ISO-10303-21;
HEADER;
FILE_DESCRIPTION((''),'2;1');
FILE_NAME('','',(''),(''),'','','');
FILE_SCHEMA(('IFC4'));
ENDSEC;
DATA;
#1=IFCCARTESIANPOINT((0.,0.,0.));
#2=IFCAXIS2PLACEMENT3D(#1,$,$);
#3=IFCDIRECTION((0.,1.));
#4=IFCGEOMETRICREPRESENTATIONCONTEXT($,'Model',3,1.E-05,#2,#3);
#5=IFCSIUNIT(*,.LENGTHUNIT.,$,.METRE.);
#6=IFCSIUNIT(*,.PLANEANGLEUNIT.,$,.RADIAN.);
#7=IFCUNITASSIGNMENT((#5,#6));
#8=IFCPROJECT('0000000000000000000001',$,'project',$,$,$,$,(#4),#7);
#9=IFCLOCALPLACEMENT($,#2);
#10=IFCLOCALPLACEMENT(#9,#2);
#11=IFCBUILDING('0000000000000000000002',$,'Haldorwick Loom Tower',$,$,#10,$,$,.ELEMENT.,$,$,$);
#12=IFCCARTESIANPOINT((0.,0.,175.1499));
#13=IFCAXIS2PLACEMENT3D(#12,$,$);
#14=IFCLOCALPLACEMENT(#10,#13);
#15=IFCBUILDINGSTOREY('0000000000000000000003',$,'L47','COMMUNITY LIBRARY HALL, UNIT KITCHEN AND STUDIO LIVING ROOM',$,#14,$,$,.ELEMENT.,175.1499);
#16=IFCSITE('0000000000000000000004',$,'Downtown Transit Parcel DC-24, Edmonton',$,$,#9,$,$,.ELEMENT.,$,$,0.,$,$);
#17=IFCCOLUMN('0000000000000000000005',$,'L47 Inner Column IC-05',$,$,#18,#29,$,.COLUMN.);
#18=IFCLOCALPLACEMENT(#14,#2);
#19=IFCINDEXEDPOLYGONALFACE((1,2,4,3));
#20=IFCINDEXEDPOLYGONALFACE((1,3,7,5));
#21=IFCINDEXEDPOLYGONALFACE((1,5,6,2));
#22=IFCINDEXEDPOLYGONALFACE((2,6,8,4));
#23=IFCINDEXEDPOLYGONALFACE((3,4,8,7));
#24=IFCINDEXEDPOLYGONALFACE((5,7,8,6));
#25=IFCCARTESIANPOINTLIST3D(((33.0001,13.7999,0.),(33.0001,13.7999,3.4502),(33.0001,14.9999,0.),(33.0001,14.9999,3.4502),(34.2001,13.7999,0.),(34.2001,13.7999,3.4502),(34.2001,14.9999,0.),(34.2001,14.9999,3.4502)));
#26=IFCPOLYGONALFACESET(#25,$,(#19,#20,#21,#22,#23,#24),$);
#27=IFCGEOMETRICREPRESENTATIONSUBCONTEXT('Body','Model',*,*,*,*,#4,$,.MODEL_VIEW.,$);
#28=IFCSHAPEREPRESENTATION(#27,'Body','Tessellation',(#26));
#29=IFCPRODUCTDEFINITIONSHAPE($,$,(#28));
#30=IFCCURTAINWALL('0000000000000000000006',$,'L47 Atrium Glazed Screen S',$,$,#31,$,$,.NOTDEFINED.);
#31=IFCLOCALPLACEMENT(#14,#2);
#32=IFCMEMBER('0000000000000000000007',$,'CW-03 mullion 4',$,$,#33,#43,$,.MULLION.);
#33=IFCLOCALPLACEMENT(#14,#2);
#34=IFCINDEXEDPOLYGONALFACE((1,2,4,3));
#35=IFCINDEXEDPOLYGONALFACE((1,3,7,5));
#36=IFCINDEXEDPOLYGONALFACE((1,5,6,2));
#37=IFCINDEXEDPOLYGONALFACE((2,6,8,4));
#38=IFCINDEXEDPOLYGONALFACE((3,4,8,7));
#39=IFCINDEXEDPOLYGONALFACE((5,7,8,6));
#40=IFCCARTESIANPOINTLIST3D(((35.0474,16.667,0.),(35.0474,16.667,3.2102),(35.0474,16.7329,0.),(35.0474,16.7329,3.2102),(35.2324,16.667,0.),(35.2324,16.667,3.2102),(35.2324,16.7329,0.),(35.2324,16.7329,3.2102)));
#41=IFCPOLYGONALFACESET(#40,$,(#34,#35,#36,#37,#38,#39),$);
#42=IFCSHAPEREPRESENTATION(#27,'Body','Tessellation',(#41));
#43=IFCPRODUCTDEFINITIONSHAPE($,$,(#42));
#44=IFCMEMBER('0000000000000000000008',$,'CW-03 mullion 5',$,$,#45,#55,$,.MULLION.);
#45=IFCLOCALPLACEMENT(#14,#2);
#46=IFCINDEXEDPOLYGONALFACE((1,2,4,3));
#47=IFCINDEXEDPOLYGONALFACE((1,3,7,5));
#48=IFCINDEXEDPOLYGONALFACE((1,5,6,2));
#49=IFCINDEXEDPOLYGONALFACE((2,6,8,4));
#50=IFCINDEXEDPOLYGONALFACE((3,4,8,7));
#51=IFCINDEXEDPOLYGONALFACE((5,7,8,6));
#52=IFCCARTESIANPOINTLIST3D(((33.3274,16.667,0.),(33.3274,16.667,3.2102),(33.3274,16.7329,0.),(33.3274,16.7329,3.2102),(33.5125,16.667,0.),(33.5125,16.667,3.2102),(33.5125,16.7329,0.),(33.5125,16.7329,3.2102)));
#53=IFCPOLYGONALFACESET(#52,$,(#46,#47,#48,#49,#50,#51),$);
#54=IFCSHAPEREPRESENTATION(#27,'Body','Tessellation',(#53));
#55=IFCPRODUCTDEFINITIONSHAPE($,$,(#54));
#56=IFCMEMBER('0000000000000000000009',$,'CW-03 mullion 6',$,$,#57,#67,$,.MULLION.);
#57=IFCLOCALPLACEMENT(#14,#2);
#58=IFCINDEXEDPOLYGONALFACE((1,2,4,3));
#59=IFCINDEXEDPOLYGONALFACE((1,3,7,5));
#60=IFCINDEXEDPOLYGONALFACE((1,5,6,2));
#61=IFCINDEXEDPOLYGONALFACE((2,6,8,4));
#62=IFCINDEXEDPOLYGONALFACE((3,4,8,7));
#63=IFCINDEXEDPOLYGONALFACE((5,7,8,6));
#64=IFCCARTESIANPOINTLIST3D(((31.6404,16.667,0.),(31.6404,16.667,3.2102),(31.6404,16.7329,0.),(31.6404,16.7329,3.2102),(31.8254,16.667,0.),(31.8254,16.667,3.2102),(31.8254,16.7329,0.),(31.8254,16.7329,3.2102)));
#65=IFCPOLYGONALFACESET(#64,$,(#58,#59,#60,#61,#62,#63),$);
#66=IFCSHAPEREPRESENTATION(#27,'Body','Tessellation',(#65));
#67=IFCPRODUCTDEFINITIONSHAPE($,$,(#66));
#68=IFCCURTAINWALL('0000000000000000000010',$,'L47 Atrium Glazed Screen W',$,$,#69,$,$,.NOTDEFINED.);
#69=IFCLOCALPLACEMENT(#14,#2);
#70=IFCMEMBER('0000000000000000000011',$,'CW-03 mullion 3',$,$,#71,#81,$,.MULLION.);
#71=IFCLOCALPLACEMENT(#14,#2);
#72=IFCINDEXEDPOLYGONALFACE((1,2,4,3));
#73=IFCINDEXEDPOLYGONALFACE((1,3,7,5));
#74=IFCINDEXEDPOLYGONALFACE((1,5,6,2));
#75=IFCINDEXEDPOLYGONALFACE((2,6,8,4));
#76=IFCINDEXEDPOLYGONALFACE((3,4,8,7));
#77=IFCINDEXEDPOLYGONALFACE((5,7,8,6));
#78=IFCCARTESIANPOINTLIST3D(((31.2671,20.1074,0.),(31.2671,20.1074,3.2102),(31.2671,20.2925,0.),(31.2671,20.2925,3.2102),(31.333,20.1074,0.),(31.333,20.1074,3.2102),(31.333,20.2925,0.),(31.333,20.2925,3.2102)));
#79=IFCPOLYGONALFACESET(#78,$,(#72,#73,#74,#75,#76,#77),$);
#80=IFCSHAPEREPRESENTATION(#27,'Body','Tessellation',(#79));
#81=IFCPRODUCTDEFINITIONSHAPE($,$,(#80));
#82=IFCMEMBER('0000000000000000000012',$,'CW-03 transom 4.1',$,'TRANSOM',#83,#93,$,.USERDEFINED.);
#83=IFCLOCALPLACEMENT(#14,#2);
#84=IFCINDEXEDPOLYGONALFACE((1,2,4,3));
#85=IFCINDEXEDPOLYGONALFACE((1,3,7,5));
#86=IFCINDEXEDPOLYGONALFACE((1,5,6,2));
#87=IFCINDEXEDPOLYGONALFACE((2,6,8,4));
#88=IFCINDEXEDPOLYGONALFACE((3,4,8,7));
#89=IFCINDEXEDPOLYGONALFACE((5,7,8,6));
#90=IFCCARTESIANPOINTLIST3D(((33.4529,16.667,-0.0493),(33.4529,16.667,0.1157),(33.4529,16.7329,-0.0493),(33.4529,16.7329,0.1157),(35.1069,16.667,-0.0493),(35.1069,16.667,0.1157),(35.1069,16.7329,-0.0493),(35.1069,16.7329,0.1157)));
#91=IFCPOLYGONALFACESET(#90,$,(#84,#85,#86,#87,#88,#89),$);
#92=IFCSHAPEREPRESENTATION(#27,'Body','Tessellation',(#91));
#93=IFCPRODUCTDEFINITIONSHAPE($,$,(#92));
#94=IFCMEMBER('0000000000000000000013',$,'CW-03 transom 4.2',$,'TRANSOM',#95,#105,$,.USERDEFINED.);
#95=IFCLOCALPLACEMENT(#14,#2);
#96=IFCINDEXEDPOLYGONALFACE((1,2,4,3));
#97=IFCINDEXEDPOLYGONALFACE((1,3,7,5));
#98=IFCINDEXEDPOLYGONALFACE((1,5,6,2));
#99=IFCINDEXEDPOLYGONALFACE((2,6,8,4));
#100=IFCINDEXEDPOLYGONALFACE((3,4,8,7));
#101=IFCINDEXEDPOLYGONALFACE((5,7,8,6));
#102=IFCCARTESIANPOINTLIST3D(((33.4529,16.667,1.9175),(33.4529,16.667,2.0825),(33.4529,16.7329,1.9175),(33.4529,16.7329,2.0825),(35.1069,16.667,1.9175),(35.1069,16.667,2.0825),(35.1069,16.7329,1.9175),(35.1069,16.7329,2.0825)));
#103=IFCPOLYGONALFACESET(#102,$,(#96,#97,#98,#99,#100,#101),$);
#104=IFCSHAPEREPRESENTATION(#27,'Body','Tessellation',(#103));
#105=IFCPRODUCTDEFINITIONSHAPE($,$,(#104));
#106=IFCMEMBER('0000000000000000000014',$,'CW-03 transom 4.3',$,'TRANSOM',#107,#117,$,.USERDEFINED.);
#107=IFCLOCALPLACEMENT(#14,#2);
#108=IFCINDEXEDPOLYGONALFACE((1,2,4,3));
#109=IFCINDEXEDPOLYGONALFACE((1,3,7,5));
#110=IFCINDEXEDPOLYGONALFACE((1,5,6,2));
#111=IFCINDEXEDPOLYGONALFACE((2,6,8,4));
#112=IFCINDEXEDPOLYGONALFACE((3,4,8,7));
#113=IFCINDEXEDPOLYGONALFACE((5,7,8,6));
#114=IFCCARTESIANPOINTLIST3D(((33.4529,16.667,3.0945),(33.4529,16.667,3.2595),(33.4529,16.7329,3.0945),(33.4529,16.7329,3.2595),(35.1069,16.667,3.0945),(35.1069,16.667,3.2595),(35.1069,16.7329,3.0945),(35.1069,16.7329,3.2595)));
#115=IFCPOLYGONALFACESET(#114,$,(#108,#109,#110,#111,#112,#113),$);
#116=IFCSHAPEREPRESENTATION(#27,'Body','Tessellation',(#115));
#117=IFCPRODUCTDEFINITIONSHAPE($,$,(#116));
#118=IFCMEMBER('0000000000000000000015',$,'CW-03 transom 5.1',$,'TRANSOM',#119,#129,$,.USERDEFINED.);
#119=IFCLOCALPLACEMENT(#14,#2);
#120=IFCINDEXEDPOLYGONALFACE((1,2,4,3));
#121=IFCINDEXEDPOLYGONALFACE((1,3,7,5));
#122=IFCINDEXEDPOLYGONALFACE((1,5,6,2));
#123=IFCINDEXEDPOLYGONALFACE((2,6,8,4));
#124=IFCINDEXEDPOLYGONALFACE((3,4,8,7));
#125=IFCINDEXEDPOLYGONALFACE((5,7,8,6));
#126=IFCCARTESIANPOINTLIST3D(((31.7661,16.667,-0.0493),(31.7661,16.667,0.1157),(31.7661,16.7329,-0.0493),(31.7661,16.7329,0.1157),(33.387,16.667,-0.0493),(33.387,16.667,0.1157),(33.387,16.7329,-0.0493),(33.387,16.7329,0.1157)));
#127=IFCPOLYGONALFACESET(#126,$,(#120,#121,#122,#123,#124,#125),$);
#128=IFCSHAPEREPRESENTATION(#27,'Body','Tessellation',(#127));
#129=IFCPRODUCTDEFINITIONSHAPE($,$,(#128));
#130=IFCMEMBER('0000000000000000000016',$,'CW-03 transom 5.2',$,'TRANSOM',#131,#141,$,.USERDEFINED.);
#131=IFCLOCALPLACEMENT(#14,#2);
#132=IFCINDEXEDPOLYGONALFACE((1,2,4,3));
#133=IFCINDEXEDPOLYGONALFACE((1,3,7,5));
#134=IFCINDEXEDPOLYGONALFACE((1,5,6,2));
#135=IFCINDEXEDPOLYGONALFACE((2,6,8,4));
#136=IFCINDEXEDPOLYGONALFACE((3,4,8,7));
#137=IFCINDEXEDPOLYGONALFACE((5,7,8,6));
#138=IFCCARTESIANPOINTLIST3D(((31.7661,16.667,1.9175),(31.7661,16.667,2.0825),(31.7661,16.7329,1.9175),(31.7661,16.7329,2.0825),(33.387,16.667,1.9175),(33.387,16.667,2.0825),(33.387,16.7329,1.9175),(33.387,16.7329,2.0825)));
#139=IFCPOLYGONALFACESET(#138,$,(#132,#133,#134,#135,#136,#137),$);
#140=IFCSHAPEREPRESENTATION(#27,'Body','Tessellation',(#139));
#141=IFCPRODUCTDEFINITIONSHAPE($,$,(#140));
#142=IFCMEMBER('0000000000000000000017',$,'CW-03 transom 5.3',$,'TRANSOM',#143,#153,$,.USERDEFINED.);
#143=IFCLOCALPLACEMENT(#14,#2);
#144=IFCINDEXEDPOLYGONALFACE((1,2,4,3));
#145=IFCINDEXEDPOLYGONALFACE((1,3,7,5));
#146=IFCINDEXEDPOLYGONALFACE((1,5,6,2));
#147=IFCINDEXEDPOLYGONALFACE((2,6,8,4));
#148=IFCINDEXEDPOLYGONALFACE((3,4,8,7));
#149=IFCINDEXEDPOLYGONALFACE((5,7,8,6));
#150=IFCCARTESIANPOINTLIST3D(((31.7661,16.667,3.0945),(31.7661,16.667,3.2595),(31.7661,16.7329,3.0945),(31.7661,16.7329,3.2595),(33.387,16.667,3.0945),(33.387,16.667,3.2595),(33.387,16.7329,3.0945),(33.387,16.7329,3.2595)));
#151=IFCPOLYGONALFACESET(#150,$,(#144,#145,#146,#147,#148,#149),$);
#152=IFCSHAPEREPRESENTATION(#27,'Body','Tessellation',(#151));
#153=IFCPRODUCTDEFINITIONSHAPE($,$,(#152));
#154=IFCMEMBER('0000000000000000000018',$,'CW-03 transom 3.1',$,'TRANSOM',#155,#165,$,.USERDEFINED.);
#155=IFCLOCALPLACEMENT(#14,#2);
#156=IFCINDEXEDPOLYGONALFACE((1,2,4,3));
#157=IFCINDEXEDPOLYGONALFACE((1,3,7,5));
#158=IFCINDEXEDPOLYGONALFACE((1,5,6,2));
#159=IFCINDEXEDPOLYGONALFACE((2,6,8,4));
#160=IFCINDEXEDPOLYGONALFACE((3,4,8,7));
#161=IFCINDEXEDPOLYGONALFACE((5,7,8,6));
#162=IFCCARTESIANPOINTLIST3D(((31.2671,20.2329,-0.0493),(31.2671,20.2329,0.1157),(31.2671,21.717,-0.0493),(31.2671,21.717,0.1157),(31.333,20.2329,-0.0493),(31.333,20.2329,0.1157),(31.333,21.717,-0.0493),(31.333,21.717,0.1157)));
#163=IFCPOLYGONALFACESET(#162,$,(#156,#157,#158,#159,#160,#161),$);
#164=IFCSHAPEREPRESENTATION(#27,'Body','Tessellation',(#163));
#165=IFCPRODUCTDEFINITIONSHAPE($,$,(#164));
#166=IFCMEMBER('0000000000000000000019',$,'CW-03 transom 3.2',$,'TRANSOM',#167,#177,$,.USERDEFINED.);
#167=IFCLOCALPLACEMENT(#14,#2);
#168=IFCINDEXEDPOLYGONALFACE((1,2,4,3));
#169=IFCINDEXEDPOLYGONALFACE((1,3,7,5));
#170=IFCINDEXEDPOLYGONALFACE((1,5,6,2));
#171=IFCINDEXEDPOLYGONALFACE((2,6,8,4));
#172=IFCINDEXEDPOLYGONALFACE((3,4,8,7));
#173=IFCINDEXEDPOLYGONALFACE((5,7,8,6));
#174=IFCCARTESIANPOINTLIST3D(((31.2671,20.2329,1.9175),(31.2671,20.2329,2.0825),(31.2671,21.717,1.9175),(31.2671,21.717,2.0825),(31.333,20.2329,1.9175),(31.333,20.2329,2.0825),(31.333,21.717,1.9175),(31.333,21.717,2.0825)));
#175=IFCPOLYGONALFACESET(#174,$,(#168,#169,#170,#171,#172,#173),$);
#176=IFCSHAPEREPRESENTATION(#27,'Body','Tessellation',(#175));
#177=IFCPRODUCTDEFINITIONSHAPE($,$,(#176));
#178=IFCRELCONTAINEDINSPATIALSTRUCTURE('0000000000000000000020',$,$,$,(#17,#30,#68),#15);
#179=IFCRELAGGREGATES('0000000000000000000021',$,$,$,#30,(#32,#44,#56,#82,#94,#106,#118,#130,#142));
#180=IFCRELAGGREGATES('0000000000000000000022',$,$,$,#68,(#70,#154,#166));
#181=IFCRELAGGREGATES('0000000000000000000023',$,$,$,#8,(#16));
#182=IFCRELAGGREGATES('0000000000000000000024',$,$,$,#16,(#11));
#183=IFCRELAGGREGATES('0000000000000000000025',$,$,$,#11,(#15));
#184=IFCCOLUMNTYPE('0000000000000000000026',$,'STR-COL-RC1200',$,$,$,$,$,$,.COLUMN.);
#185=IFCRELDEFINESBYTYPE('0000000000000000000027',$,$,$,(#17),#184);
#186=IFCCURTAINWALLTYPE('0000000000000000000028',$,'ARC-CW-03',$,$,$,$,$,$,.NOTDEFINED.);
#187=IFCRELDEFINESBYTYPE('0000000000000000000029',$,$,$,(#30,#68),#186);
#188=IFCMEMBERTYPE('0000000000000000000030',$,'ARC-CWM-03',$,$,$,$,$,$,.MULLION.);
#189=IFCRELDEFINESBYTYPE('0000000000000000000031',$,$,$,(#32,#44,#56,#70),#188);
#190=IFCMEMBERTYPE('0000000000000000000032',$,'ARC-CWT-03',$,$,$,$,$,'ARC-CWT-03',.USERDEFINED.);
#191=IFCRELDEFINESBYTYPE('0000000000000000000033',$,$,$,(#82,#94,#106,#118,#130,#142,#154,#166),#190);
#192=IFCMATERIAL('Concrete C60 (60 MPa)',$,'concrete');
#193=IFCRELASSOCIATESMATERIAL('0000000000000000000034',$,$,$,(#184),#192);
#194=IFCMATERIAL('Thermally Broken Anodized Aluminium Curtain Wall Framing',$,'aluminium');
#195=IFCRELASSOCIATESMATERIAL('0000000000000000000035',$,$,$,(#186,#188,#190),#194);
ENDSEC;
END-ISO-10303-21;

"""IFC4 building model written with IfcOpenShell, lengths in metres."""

from ifc_helpers import new_model, si_unit, direction, frame, origin, origin_2d, place, context, subcontext, project, spatial, rectangle, extrude, material, material_profile, profile_set, type_object, element, aggregate, save


model = new_model("IFC4")

# Units and contexts
model_context = context("Model", 3, precision=1e-05, world=origin(), true_north=direction((0.0, 1.0)))
body_context = subcontext(model_context, "Body", "Model", "MODEL_VIEW")
ifc_project = project(units=[si_unit("LENGTHUNIT", "METRE"), si_unit("PLANEANGLEUNIT", "RADIAN")], contexts=[model_context])

# Site, building, storey
site_placement = place(None, origin())
site = spatial("IfcSite", under=ifc_project, at=site_placement, Name="Downtown Transit Parcel DC-24, Edmonton", CompositionType="ELEMENT", RefElevation=0.0)
building_placement = place(site_placement, origin())
building = spatial("IfcBuilding", under=site, at=building_placement, Name="Haldorwick Loom Tower", CompositionType="ELEMENT")
storey_placement = place(building_placement, frame((0.0, 0.0, 175.1499)))
storey = spatial("IfcBuildingStorey", under=building, at=storey_placement, Name="L47", Description="COMMUNITY LIBRARY HALL, UNIT KITCHEN AND STUDIO LIVING ROOM", CompositionType="ELEMENT", Elevation=175.1499)

# Column
ifc_material_1 = material(Name="Concrete C60 (60 MPa)", Category="concrete")
ifc_material_profile_1 = material_profile(ifc_material_1, rectangle(XDim=1.2, YDim=1.2, at=origin_2d()), Name="RC1200X1200", Category="concrete")
ifc_profile_set_1 = profile_set([ifc_material_profile_1], Name="Concrete C60 (60 MPa)")
column_type = type_object("IfcColumnType", Name="STR-COL-RC1200", PredefinedType="COLUMN", material=ifc_profile_set_1)
column_placement = place(storey_placement, frame((33.6001, 14.3999, 0.0), z_axis=(0.0, 0.0, 1.0), x_axis=(1.0, 0.0, 0.0)))
element("IfcColumn", 1, at=column_placement, inside=storey, type_object=column_type, Name="L47 Inner Column IC-05", PredefinedType="COLUMN", context=body_context, shape_type="SweptSolid", body=[
    extrude(rectangle(XDim=1.2, YDim=1.2, at=origin_2d()), origin(), (0.0, 0.0, 1.0), 3.4502),
])

# Curtain wall, members
ifc_material_2 = material(Name="Thermally Broken Anodized Aluminium Curtain Wall Framing", Category="aluminium")
curtain_wall_type = type_object("IfcCurtainWallType", Name="ARC-CW-03", PredefinedType="NOTDEFINED", material=ifc_material_2)
curtain_wall_1_placement = place(storey_placement, origin())
curtain_wall_1 = element("IfcCurtainWall", 2, at=curtain_wall_1_placement, inside=storey, type_object=curtain_wall_type, Name="L47 Atrium Glazed Screen S", PredefinedType="NOTDEFINED")
ifc_material_profile_2 = material_profile(ifc_material_2, rectangle(XDim=0.0659, YDim=0.1851, at=origin_2d()), Name="ALU_MUL_66X185", Category="aluminium")
ifc_profile_set_2 = profile_set([ifc_material_profile_2], Name="Thermally Broken Anodized Aluminium Curtain Wall Framing")
member_type_1 = type_object("IfcMemberType", Name="ARC-CWM-03", PredefinedType="MULLION", material=ifc_profile_set_2)
member_1_placement = place(storey_placement, frame((35.1399, 16.7, 0.0), z_axis=(0.0, 0.0, 1.0), x_axis=(0.0, -1.0, 0.0)))
member_1 = element("IfcMember", 3, at=member_1_placement, type_object=member_type_1, Name="CW-03 mullion 4", PredefinedType="MULLION", context=body_context, shape_type="SweptSolid", body=[
    extrude(rectangle(XDim=0.0659, YDim=0.1851, at=origin_2d()), origin(), (0.0, 0.0, 1.0), 3.2102),
])
member_2_placement = place(storey_placement, frame((33.4199, 16.7, 0.0), z_axis=(0.0, 0.0, 1.0), x_axis=(0.0, -1.0, 0.0)))
member_2 = element("IfcMember", 4, at=member_2_placement, type_object=member_type_1, Name="CW-03 mullion 5", PredefinedType="MULLION", context=body_context, shape_type="SweptSolid", body=[
    extrude(rectangle(XDim=0.0659, YDim=0.1851, at=origin_2d()), origin(), (0.0, 0.0, 1.0), 3.2102),
])
member_3_placement = place(storey_placement, frame((31.7329, 16.7, 0.0), z_axis=(0.0, 0.0, 1.0), x_axis=(0.0, -1.0, 0.0)))
member_3 = element("IfcMember", 5, at=member_3_placement, type_object=member_type_1, Name="CW-03 mullion 6", PredefinedType="MULLION", context=body_context, shape_type="SweptSolid", body=[
    extrude(rectangle(XDim=0.0659, YDim=0.1851, at=origin_2d()), origin(), (0.0, 0.0, 1.0), 3.2102),
])

# Curtain wall, member
curtain_wall_2_placement = place(storey_placement, origin())
curtain_wall_2 = element("IfcCurtainWall", 6, at=curtain_wall_2_placement, inside=storey, type_object=curtain_wall_type, Name="L47 Atrium Glazed Screen W", PredefinedType="NOTDEFINED")
member_4_placement = place(storey_placement, frame((31.3, 20.2, 0.0), z_axis=(0.0, 0.0, 1.0), x_axis=(-1.0, 0.0, 0.0)))
member_4 = element("IfcMember", 7, at=member_4_placement, type_object=member_type_1, Name="CW-03 mullion 3", PredefinedType="MULLION", context=body_context, shape_type="SweptSolid", body=[
    extrude(rectangle(XDim=0.0659, YDim=0.1851, at=origin_2d()), origin(), (0.0, 0.0, 1.0), 3.2102),
])

# Members
ifc_material_profile_3 = material_profile(ifc_material_2, rectangle(XDim=0.0659, YDim=0.165, at=origin_2d()), Name="ALU_TRN_66X165", Category="aluminium")
ifc_profile_set_3 = profile_set([ifc_material_profile_3], Name="Thermally Broken Anodized Aluminium Curtain Wall Framing")
member_type_2 = type_object("IfcMemberType", Name="ARC-CWT-03", ElementType="ARC-CWT-03", PredefinedType="USERDEFINED", material=ifc_profile_set_3)
member_5_placement = place(storey_placement, frame((35.1069, 16.7, 0.0332), z_axis=(-1.0, 0.0, 0.0), x_axis=(0.0, -1.0, 0.0)))
member_5 = element("IfcMember", 8, at=member_5_placement, type_object=member_type_2, Name="CW-03 transom 4.1", ObjectType="TRANSOM", PredefinedType="USERDEFINED", context=body_context, shape_type="SweptSolid", body=[
    extrude(rectangle(XDim=0.0659, YDim=0.165, at=origin_2d()), origin(), (0.0, 0.0, 1.0), 1.6541),
])
member_6_placement = place(storey_placement, frame((35.1069, 16.7, 2.0), z_axis=(-1.0, 0.0, 0.0), x_axis=(0.0, -1.0, 0.0)))
member_6 = element("IfcMember", 9, at=member_6_placement, type_object=member_type_2, Name="CW-03 transom 4.2", ObjectType="TRANSOM", PredefinedType="USERDEFINED", context=body_context, shape_type="SweptSolid", body=[
    extrude(rectangle(XDim=0.0659, YDim=0.165, at=origin_2d()), origin(), (0.0, 0.0, 1.0), 1.6541),
])
member_7_placement = place(storey_placement, frame((35.1069, 16.7, 3.177), z_axis=(-1.0, 0.0, 0.0), x_axis=(0.0, -1.0, 0.0)))
member_7 = element("IfcMember", 10, at=member_7_placement, type_object=member_type_2, Name="CW-03 transom 4.3", ObjectType="TRANSOM", PredefinedType="USERDEFINED", context=body_context, shape_type="SweptSolid", body=[
    extrude(rectangle(XDim=0.0659, YDim=0.165, at=origin_2d()), origin(), (0.0, 0.0, 1.0), 1.6541),
])
member_8_placement = place(storey_placement, frame((33.387, 16.7, 0.0332), z_axis=(-1.0, 0.0, 0.0), x_axis=(0.0, -1.0, 0.0)))
member_8 = element("IfcMember", 11, at=member_8_placement, type_object=member_type_2, Name="CW-03 transom 5.1", ObjectType="TRANSOM", PredefinedType="USERDEFINED", context=body_context, shape_type="SweptSolid", body=[
    extrude(rectangle(XDim=0.0659, YDim=0.165, at=origin_2d()), origin(), (0.0, 0.0, 1.0), 1.6208),
])
member_9_placement = place(storey_placement, frame((33.387, 16.7, 2.0), z_axis=(-1.0, 0.0, 0.0), x_axis=(0.0, -1.0, 0.0)))
member_9 = element("IfcMember", 12, at=member_9_placement, type_object=member_type_2, Name="CW-03 transom 5.2", ObjectType="TRANSOM", PredefinedType="USERDEFINED", context=body_context, shape_type="SweptSolid", body=[
    extrude(rectangle(XDim=0.0659, YDim=0.165, at=origin_2d()), origin(), (0.0, 0.0, 1.0), 1.6208),
])
member_10_placement = place(storey_placement, frame((33.387, 16.7, 3.177), z_axis=(-1.0, 0.0, 0.0), x_axis=(0.0, -1.0, 0.0)))
member_10 = element("IfcMember", 13, at=member_10_placement, type_object=member_type_2, Name="CW-03 transom 5.3", ObjectType="TRANSOM", PredefinedType="USERDEFINED", context=body_context, shape_type="SweptSolid", body=[
    extrude(rectangle(XDim=0.0659, YDim=0.165, at=origin_2d()), origin(), (0.0, 0.0, 1.0), 1.6208),
])
member_11_placement = place(storey_placement, frame((31.3, 20.2329, 0.0332), z_axis=(0.0, 1.0, 0.0), x_axis=(-1.0, 0.0, 0.0)))
member_11 = element("IfcMember", 14, at=member_11_placement, type_object=member_type_2, Name="CW-03 transom 3.1", ObjectType="TRANSOM", PredefinedType="USERDEFINED", context=body_context, shape_type="SweptSolid", body=[
    extrude(rectangle(XDim=0.0659, YDim=0.165, at=origin_2d()), origin(), (0.0, 0.0, 1.0), 1.4841),
])
member_12_placement = place(storey_placement, frame((31.3, 20.2329, 2.0), z_axis=(0.0, 1.0, 0.0), x_axis=(-1.0, 0.0, 0.0)))
member_12 = element("IfcMember", 15, at=member_12_placement, type_object=member_type_2, Name="CW-03 transom 3.2", ObjectType="TRANSOM", PredefinedType="USERDEFINED", context=body_context, shape_type="SweptSolid", body=[
    extrude(rectangle(XDim=0.0659, YDim=0.165, at=origin_2d()), origin(), (0.0, 0.0, 1.0), 1.4841),
])

aggregate(curtain_wall_1, [member_1, member_2, member_3, member_5, member_6, member_7, member_8, member_9, member_10])
aggregate(curtain_wall_2, [member_4, member_11, member_12])

save(model, "model.ifc")
